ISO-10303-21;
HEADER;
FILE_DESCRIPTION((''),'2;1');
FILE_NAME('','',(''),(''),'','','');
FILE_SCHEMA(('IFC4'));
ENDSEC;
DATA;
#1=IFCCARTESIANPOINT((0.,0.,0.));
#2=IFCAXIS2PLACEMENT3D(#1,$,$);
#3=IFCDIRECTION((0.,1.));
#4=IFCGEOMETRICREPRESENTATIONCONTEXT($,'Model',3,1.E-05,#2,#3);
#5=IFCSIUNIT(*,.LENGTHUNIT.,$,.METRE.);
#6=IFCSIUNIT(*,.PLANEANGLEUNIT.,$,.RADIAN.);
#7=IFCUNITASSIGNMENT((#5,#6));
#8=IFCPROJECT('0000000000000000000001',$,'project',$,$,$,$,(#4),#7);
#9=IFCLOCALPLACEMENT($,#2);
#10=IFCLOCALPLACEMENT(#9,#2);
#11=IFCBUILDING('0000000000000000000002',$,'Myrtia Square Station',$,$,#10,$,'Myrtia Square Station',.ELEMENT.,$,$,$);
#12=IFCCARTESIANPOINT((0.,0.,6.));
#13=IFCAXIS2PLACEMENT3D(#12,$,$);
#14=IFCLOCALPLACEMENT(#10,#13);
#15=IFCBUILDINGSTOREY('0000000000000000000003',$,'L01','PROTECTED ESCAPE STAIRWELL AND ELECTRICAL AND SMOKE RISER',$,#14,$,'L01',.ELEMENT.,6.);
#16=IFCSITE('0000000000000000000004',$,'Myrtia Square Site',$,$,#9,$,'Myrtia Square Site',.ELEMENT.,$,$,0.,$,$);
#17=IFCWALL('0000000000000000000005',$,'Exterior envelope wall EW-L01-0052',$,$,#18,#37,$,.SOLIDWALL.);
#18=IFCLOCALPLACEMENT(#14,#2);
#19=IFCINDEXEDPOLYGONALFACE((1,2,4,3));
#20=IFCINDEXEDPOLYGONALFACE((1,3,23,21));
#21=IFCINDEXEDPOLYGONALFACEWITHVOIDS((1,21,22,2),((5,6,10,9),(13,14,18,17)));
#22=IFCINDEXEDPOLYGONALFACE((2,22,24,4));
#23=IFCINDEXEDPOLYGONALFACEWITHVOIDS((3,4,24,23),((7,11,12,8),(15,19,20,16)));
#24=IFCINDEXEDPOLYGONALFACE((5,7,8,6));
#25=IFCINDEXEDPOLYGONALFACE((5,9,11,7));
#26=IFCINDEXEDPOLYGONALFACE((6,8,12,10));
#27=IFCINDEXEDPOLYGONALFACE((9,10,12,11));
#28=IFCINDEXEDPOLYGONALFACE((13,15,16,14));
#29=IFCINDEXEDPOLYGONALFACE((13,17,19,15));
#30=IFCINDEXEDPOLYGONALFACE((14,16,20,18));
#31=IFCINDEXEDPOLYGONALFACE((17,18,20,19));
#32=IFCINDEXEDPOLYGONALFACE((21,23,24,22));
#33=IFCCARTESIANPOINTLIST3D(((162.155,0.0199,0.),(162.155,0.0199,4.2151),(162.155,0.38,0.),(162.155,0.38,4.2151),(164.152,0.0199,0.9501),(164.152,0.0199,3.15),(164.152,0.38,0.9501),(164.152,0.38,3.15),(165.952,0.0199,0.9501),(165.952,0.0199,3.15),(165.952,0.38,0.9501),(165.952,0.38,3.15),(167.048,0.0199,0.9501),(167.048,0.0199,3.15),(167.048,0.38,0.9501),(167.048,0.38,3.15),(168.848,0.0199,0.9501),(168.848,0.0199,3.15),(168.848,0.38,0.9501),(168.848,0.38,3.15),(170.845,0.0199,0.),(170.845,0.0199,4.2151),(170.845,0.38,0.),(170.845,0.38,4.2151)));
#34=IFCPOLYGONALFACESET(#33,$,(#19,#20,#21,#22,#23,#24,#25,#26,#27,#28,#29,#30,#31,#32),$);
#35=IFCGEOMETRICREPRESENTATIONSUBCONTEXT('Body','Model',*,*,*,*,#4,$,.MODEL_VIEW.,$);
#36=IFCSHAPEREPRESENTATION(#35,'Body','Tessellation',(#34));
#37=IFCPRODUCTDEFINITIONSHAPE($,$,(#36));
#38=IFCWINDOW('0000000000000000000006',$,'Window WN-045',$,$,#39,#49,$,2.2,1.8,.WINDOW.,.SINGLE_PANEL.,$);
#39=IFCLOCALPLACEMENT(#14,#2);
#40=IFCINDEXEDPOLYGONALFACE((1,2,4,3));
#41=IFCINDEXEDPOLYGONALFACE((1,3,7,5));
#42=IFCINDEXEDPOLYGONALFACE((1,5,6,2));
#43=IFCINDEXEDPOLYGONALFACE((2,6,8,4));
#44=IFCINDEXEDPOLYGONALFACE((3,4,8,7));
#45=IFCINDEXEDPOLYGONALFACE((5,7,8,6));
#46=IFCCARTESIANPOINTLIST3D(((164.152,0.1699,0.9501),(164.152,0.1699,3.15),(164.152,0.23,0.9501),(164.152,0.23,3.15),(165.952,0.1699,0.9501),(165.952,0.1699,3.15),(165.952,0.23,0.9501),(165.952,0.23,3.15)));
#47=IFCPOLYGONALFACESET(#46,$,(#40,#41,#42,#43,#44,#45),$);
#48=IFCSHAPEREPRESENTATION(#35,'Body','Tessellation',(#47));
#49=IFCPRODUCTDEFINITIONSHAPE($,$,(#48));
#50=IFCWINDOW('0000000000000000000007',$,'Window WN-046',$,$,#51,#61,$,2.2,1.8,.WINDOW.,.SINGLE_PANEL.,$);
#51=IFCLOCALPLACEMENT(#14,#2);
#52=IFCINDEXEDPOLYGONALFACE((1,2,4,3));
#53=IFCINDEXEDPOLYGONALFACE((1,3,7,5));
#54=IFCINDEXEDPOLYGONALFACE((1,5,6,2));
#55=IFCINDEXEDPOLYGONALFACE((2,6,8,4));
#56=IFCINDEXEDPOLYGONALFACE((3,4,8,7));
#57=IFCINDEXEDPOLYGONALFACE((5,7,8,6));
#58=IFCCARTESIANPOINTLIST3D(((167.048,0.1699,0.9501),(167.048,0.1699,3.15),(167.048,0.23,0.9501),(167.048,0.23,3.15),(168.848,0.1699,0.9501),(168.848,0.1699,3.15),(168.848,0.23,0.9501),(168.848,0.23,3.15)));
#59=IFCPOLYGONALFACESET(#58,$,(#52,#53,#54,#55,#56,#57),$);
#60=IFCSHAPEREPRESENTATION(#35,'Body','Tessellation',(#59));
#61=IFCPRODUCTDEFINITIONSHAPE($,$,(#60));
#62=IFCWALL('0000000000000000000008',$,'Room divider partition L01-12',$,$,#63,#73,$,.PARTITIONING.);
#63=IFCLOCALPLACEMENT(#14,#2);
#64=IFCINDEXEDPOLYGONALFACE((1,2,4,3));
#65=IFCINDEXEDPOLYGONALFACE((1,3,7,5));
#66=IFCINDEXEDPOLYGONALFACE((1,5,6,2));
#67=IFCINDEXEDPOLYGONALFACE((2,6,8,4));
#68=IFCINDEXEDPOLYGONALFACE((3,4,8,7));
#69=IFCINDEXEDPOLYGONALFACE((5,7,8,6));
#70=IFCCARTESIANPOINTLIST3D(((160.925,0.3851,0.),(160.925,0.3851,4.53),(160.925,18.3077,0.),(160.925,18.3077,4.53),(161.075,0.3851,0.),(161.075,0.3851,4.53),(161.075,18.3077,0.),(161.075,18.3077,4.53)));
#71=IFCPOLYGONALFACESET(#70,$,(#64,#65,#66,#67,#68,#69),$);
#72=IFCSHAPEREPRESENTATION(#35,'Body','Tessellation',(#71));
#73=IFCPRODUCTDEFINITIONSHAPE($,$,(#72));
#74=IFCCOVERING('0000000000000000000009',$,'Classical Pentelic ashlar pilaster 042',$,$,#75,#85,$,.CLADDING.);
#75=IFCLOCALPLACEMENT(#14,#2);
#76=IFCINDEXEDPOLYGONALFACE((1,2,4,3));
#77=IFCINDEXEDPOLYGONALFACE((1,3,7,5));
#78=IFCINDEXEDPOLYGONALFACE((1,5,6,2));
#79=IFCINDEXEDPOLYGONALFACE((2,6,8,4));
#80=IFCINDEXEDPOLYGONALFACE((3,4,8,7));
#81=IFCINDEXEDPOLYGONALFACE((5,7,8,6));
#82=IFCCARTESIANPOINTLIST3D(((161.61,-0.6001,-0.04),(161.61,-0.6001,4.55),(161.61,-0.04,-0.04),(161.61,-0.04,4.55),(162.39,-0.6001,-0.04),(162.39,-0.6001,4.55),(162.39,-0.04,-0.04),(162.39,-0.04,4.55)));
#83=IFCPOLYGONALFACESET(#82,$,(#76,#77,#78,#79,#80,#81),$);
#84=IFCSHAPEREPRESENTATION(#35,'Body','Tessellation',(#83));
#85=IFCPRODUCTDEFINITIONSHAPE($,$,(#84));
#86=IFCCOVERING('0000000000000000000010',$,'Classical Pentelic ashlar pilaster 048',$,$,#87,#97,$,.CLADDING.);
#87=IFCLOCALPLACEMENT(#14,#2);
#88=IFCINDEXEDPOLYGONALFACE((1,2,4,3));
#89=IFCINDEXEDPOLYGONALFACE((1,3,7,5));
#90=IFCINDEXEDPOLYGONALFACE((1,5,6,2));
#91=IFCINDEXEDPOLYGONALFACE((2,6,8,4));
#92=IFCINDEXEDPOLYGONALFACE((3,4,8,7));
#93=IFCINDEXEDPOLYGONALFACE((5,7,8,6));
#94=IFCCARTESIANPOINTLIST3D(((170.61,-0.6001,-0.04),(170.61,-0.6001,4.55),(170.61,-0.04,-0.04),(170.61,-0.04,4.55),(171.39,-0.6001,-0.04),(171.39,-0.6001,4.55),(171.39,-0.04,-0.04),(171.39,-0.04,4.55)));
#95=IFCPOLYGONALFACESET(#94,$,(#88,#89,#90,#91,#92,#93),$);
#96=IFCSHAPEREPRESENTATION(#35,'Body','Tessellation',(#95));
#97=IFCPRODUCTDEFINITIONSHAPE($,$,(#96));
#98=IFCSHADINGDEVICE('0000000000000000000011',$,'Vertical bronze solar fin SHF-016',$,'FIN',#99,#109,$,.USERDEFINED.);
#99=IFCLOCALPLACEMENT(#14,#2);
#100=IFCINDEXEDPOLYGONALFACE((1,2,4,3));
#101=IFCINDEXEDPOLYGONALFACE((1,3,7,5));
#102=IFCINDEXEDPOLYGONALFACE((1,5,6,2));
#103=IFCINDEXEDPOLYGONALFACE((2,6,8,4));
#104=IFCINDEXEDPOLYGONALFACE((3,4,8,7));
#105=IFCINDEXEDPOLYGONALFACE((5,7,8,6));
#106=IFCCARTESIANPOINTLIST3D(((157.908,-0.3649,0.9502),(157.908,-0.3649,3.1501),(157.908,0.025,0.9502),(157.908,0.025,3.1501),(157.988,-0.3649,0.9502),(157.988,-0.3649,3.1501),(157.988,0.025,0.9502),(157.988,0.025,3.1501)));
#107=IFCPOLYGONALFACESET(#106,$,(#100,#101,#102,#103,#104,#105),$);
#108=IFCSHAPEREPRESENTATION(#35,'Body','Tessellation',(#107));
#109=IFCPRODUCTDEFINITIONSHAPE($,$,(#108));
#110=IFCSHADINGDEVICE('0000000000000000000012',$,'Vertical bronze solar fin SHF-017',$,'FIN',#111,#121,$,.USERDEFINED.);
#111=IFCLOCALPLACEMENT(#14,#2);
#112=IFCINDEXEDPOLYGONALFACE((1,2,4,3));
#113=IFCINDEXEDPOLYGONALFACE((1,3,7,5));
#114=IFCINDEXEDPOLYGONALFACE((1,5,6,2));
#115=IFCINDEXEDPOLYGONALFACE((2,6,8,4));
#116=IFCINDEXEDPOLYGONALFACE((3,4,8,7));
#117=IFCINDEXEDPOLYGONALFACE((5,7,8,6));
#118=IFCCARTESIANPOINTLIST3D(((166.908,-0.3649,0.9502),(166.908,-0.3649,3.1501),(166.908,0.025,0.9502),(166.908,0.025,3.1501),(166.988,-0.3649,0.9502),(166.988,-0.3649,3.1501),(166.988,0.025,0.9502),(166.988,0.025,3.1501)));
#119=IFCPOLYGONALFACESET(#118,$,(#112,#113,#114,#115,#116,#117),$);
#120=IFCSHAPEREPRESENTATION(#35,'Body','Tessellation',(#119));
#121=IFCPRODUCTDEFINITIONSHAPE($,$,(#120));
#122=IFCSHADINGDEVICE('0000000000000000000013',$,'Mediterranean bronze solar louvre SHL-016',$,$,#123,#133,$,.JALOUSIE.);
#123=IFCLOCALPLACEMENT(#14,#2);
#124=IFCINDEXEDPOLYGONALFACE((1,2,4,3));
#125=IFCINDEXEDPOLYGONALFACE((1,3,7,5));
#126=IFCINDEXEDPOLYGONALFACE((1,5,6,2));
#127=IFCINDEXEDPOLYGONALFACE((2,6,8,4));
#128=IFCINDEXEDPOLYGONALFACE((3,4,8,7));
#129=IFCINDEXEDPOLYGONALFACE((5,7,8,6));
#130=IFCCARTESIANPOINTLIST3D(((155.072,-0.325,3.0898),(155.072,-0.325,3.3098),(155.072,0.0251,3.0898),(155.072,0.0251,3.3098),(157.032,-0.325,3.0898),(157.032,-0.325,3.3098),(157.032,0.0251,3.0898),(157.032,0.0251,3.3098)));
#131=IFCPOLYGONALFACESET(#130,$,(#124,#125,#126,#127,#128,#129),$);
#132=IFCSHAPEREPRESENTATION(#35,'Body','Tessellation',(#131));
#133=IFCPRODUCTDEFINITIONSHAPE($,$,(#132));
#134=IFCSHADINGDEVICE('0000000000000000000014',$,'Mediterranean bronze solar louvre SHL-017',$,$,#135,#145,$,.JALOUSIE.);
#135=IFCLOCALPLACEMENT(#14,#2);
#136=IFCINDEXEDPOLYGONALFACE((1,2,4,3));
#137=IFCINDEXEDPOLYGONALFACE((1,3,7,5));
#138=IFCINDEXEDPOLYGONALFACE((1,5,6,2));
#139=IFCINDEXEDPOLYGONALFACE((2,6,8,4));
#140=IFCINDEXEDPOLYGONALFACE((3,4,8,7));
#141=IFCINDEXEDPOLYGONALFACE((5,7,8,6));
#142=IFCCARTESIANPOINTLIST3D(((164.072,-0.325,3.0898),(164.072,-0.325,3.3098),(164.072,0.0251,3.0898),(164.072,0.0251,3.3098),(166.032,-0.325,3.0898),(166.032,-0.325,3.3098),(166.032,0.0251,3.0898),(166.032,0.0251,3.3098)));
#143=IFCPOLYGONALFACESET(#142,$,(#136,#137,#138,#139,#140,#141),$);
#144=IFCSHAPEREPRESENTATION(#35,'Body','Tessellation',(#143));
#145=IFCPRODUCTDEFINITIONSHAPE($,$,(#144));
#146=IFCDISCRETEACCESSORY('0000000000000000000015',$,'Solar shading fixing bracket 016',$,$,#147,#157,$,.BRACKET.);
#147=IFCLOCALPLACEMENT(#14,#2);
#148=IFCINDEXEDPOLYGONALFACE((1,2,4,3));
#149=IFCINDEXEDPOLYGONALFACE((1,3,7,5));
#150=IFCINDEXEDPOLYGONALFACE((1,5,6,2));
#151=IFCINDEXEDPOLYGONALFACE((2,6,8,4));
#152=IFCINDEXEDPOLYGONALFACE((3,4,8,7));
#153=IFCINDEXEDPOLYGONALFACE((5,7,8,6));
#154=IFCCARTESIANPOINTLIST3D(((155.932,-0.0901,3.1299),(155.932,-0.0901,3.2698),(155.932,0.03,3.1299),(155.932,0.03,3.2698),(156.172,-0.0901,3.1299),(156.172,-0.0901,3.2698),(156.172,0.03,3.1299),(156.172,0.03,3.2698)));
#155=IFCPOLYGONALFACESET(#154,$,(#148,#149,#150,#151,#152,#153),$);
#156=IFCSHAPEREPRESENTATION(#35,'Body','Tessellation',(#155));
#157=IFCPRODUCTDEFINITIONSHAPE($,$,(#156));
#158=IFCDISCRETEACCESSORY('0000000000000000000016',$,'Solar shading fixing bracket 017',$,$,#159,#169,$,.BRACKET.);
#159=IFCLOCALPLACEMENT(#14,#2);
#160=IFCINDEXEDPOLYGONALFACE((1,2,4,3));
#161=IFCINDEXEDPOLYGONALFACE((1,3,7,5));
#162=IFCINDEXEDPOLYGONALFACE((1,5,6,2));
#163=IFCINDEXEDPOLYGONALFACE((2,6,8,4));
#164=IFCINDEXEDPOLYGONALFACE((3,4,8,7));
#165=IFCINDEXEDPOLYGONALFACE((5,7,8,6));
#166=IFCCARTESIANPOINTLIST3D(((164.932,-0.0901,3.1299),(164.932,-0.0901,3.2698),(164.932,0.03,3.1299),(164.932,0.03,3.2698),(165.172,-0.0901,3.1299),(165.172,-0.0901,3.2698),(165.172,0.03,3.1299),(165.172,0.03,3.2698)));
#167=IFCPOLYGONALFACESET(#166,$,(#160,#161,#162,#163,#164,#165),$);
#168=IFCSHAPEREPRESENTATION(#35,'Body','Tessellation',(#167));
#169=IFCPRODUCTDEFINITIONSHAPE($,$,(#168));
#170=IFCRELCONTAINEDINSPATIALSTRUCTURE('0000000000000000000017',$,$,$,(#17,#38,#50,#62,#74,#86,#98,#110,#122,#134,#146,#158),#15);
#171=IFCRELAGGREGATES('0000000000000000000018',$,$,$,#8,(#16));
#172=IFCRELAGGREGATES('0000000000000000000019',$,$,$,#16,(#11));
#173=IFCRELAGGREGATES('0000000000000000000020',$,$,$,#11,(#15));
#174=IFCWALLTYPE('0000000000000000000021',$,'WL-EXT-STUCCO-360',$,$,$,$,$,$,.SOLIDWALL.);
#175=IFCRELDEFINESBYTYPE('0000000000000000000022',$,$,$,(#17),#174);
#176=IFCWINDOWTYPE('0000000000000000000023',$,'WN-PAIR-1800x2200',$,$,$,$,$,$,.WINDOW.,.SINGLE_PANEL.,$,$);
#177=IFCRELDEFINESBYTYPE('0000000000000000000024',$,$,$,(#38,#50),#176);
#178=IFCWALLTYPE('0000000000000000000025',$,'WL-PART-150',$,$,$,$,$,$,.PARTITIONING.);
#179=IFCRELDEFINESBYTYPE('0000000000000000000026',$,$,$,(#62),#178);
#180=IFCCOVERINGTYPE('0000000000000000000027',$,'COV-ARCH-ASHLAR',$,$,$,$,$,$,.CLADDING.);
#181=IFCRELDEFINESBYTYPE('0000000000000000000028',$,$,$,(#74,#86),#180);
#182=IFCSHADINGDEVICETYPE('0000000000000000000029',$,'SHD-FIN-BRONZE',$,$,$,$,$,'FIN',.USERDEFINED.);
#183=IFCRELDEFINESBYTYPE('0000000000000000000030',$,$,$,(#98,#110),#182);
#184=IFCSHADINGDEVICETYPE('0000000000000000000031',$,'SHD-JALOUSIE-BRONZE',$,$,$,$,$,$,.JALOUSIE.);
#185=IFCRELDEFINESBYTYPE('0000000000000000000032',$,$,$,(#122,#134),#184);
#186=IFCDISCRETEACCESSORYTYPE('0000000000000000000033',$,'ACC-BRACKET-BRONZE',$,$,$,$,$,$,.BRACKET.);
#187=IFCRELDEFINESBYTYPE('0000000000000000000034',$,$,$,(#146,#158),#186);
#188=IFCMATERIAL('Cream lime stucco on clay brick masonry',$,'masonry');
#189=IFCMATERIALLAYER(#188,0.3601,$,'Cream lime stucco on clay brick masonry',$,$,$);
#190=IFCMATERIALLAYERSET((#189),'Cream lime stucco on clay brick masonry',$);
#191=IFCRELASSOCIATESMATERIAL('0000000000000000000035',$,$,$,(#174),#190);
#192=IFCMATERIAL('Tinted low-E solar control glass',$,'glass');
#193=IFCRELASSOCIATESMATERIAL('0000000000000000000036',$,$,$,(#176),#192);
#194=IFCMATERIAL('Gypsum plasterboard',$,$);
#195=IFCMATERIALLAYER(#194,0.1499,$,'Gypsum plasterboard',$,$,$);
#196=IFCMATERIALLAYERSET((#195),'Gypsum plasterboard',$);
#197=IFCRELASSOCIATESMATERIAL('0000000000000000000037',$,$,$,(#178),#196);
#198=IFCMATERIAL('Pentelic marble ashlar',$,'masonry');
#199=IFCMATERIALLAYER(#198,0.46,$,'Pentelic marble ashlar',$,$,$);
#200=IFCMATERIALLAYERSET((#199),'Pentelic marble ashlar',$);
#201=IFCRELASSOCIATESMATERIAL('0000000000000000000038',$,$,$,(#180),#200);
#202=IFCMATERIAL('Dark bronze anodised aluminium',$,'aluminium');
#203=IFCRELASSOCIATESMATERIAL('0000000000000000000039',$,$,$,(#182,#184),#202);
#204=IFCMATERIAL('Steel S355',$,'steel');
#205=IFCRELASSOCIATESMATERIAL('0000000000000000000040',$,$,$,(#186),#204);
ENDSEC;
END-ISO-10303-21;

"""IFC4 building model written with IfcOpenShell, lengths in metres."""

from ifc_helpers import new_model, si_unit, direction, frame, frame_2d, origin, origin_2d, place, context, subcontext, project, spatial, rectangle, extrude, material, layer, layer_set, type_object, element, fill, save


model = new_model("IFC4")

# Units and contexts
model_context = context("Model", 3, precision=1e-05, world=origin(), true_north=direction((0.0, 1.0)))
body_context = subcontext(model_context, "Body", "Model", "MODEL_VIEW")
ifc_project = project(units=[si_unit("LENGTHUNIT", "METRE"), si_unit("PLANEANGLEUNIT", "RADIAN")], contexts=[model_context])

# Site, building, storey
site_placement = place(None, origin())
site = spatial("IfcSite", under=ifc_project, at=site_placement, Name="Myrtia Square Site", LongName="Myrtia Square Site", CompositionType="ELEMENT", RefElevation=0.0)
building_placement = place(site_placement, origin())
building = spatial("IfcBuilding", under=site, at=building_placement, Name="Myrtia Square Station", LongName="Myrtia Square Station", CompositionType="ELEMENT")
storey_placement = place(building_placement, frame((0.0, 0.0, 6.0)))
storey = spatial("IfcBuildingStorey", under=building, at=storey_placement, Name="L01", Description="PROTECTED ESCAPE STAIRWELL AND ELECTRICAL AND SMOKE RISER", LongName="L01", CompositionType="ELEMENT", Elevation=6.0)

# Shared definitions
ifc_material_1 = material(Name="Steel S355", Category="steel")

# Wall, openings, windows
ifc_material_2 = material(Name="Cream lime stucco on clay brick masonry", Category="masonry")
ifc_layer_1 = layer(ifc_material_2, 0.3601, Name="Cream lime stucco on clay brick masonry")
ifc_layer_set_1 = layer_set([ifc_layer_1], Name="Cream lime stucco on clay brick masonry")
wall_type_1 = type_object("IfcWallType", Name="WL-EXT-STUCCO-360", PredefinedType="SOLIDWALL", material=ifc_layer_set_1)
wall_1_placement = place(storey_placement, frame((162.155, 0.2, 0.0), z_axis=(0.0, 0.0, 1.0), x_axis=(1.0, 0.0, 0.0)))
wall_1 = element("IfcWall", 1, at=wall_1_placement, inside=storey, type_object=wall_type_1, Name="Exterior envelope wall EW-L01-0052", PredefinedType="SOLIDWALL", context=body_context, shape_type="SweptSolid", body=[
    extrude(rectangle(XDim=8.6899, YDim=0.3601, at=frame_2d((4.345, 0.0))), origin(), (0.0, 0.0, 1.0), 4.2151),
])
opening_1_placement = place(wall_1_placement, frame((1.9971, 0.0, 0.95)))
opening_1 = element("IfcOpeningElement", 2, at=opening_1_placement, cuts=wall_1, PredefinedType="OPENING", context=body_context, shape_type="SweptSolid", body=[
    extrude(rectangle(XDim=1.8, YDim=2.2, at=frame_2d((0.8999, 1.1001))), frame((0.0, 0.1951, 0.0), z_axis=(0.0, -1.0, 0.0), x_axis=(1.0, 0.0, 0.0)), (0.0, 0.0, 1.0), 0.3901),
])
opening_2_placement = place(wall_1_placement, frame((4.8931, 0.0, 0.95)))
opening_2 = element("IfcOpeningElement", 3, at=opening_2_placement, cuts=wall_1, PredefinedType="OPENING", context=body_context, shape_type="SweptSolid", body=[
    extrude(rectangle(XDim=1.8, YDim=2.2, at=frame_2d((0.8999, 1.1001))), frame((0.0, 0.1951, 0.0), z_axis=(0.0, -1.0, 0.0), x_axis=(1.0, 0.0, 0.0)), (0.0, 0.0, 1.0), 0.3901),
])
ifc_material_3 = material(Name="Tinted low-E solar control glass", Category="glass")
window_type = type_object("IfcWindowType", Name="WN-PAIR-1800x2200", PartitioningType="SINGLE_PANEL", PredefinedType="WINDOW", material=ifc_material_3)
window_1_placement = place(opening_1_placement, origin())
window_1 = element("IfcWindow", 4, at=window_1_placement, inside=storey, type_object=window_type, Name="Window WN-045", OverallHeight=2.2, OverallWidth=1.8, PartitioningType="SINGLE_PANEL", PredefinedType="WINDOW", context=body_context, shape_type="SweptSolid", body=[
    extrude(rectangle(XDim=1.8, YDim=2.2, at=frame_2d((0.8999, 1.1001))), frame((0.0, 0.03, 0.0), z_axis=(0.0, -1.0, 0.0), x_axis=(1.0, 0.0, 0.0)), (0.0, 0.0, 1.0), 0.0601),
])
fill(opening_1, window_1)
window_2_placement = place(opening_2_placement, origin())
window_2 = element("IfcWindow", 5, at=window_2_placement, inside=storey, type_object=window_type, Name="Window WN-046", OverallHeight=2.2, OverallWidth=1.8, PartitioningType="SINGLE_PANEL", PredefinedType="WINDOW", context=body_context, shape_type="SweptSolid", body=[
    extrude(rectangle(XDim=1.8, YDim=2.2, at=frame_2d((0.8999, 1.1001))), frame((0.0, 0.03, 0.0), z_axis=(0.0, -1.0, 0.0), x_axis=(1.0, 0.0, 0.0)), (0.0, 0.0, 1.0), 0.0601),
])
fill(opening_2, window_2)

# Wall
ifc_material_4 = material(Name="Gypsum plasterboard")
ifc_layer_2 = layer(ifc_material_4, 0.1499, Name="Gypsum plasterboard")
ifc_layer_set_2 = layer_set([ifc_layer_2], Name="Gypsum plasterboard")
wall_type_2 = type_object("IfcWallType", Name="WL-PART-150", PredefinedType="PARTITIONING", material=ifc_layer_set_2)
wall_2_placement = place(storey_placement, frame((161.0, 0.385, 0.0), z_axis=(0.0, 0.0, 1.0), x_axis=(0.0, 1.0, 0.0)))
element("IfcWall", 6, at=wall_2_placement, inside=storey, type_object=wall_type_2, Name="Room divider partition L01-12", PredefinedType="PARTITIONING", context=body_context, shape_type="SweptSolid", body=[
    extrude(rectangle(XDim=17.9226, YDim=0.1499, at=frame_2d((8.9614, 0.0))), origin(), (0.0, 0.0, 1.0), 4.53),
])

# Coverings
ifc_material_5 = material(Name="Pentelic marble ashlar", Category="masonry")
ifc_layer_3 = layer(ifc_material_5, 0.46, Name="Pentelic marble ashlar")
ifc_layer_set_3 = layer_set([ifc_layer_3], Name="Pentelic marble ashlar")
covering_type = type_object("IfcCoveringType", Name="COV-ARCH-ASHLAR", PredefinedType="CLADDING", material=ifc_layer_set_3)
for number, where, z_axis, x_axis, name in (
    (7, (162.0, -0.3201, -0.04), (0.0, 0.0, 1.0), (1.0, 0.0, 0.0), "Classical Pentelic ashlar pilaster 042"),
    (8, (171.0, -0.3201, -0.04), (0.0, 0.0, 1.0), (1.0, 0.0, 0.0), "Classical Pentelic ashlar pilaster 048"),
):
    element("IfcCovering", number, at=place(storey_placement, frame(where, z_axis=z_axis, x_axis=x_axis)), inside=storey, type_object=covering_type, Name=name, PredefinedType="CLADDING", context=body_context, shape_type="SweptSolid", body=[
        extrude(rectangle(XDim=0.78, YDim=0.5601, at=origin_2d()), origin(), (0.0, 0.0, 1.0), 4.5901),
    ])

# Shading devices
ifc_material_6 = material(Name="Dark bronze anodised aluminium", Category="aluminium")
shading_device_type_1 = type_object("IfcShadingDeviceType", Name="SHD-FIN-BRONZE", ElementType="FIN", PredefinedType="USERDEFINED", material=ifc_material_6)
for number, where, z_axis, x_axis, name in (
    (9, (157.948, -0.1699, 0.9502), (0.0, 0.0, 1.0), (1.0, 0.0, 0.0), "Vertical bronze solar fin SHF-016"),
    (10, (166.948, -0.1699, 0.9502), (0.0, 0.0, 1.0), (1.0, 0.0, 0.0), "Vertical bronze solar fin SHF-017"),
):
    element("IfcShadingDevice", number, at=place(storey_placement, frame(where, z_axis=z_axis, x_axis=x_axis)), inside=storey, type_object=shading_device_type_1, Name=name, ObjectType="FIN", PredefinedType="USERDEFINED", context=body_context, shape_type="SweptSolid", body=[
        extrude(rectangle(XDim=0.0801, YDim=0.3899, at=origin_2d()), origin(), (0.0, 0.0, 1.0), 2.2),
    ])
shading_device_type_2 = type_object("IfcShadingDeviceType", Name="SHD-JALOUSIE-BRONZE", PredefinedType="JALOUSIE", material=ifc_material_6)
for number, where, z_axis, x_axis, name in (
    (11, (156.052, -0.1499, 3.0898), (0.0, 0.0, 1.0), (1.0, 0.0, 0.0), "Mediterranean bronze solar louvre SHL-016"),
    (12, (165.052, -0.1499, 3.0898), (0.0, 0.0, 1.0), (1.0, 0.0, 0.0), "Mediterranean bronze solar louvre SHL-017"),
):
    element("IfcShadingDevice", number, at=place(storey_placement, frame(where, z_axis=z_axis, x_axis=x_axis)), inside=storey, type_object=shading_device_type_2, Name=name, PredefinedType="JALOUSIE", context=body_context, shape_type="SweptSolid", body=[
        extrude(rectangle(XDim=1.96, YDim=0.3501, at=origin_2d()), origin(), (0.0, 0.0, 1.0), 0.22),
    ])

# Discrete accessories
discrete_accessory_type = type_object("IfcDiscreteAccessoryType", Name="ACC-BRACKET-BRONZE", PredefinedType="BRACKET", material=ifc_material_1)
for number, where, z_axis, x_axis, name in (
    (13, (156.052, -0.03, 3.1299), (0.0, 0.0, 1.0), (1.0, 0.0, 0.0), "Solar shading fixing bracket 016"),
    (14, (165.052, -0.03, 3.1299), (0.0, 0.0, 1.0), (1.0, 0.0, 0.0), "Solar shading fixing bracket 017"),
):
    element("IfcDiscreteAccessory", number, at=place(storey_placement, frame(where, z_axis=z_axis, x_axis=x_axis)), inside=storey, type_object=discrete_accessory_type, Name=name, PredefinedType="BRACKET", context=body_context, shape_type="SweptSolid", body=[
        extrude(rectangle(XDim=0.24, YDim=0.1201, at=origin_2d()), origin(), (0.0, 0.0, 1.0), 0.1399),
    ])

save(model, "model.ifc")
